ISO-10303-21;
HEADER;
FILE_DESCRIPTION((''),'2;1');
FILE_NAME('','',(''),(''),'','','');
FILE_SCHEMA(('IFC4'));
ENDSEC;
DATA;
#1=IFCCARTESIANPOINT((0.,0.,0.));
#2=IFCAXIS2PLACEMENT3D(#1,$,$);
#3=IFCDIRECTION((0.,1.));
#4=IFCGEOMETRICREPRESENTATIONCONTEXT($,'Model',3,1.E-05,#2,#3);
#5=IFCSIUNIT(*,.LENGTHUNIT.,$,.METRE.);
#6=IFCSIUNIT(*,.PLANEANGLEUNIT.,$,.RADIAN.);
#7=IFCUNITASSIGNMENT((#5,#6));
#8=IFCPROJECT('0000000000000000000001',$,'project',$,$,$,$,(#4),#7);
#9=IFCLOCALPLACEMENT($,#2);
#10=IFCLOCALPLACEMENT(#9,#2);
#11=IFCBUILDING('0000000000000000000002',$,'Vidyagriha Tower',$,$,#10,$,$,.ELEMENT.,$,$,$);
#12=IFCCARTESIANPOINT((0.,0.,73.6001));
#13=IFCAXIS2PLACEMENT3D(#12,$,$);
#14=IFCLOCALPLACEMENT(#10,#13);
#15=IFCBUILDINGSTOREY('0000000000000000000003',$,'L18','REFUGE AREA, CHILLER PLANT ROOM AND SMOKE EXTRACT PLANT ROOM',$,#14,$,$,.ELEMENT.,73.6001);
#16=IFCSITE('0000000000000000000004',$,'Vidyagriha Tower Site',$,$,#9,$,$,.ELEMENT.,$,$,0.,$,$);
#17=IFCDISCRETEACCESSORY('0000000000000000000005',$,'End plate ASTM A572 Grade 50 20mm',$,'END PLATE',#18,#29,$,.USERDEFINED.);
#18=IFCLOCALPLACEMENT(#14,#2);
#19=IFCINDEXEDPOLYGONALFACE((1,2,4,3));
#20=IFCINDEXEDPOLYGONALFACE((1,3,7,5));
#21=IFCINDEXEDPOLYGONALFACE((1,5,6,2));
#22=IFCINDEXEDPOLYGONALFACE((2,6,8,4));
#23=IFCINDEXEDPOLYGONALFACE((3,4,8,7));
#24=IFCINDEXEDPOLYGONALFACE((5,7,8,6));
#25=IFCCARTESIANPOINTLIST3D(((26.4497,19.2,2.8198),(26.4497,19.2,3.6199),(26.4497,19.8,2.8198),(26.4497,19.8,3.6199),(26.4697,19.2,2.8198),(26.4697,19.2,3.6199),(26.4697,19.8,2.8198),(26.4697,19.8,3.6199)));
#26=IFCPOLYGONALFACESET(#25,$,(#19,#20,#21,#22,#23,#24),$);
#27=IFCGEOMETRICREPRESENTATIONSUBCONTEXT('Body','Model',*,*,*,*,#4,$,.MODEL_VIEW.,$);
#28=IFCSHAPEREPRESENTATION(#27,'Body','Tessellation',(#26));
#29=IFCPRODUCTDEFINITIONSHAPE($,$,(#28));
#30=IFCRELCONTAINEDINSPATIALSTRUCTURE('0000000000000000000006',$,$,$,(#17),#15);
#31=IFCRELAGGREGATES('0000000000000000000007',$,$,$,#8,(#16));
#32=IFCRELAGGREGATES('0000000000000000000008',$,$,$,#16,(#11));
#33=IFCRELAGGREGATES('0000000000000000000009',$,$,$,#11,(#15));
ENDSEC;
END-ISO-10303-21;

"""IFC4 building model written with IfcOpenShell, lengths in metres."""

from ifc_helpers import new_model, si_unit, direction, frame, origin, origin_2d, place, context, subcontext, project, spatial, rectangle, extrude, element, save


model = new_model("IFC4")

# Units and contexts
model_context = context("Model", 3, precision=1e-05, world=origin(), true_north=direction((0.0, 1.0)))
body_context = subcontext(model_context, "Body", "Model", "MODEL_VIEW")
ifc_project = project(units=[si_unit("LENGTHUNIT", "METRE"), si_unit("PLANEANGLEUNIT", "RADIAN")], contexts=[model_context])

# Site, building, storey
site_placement = place(None, origin())
site = spatial("IfcSite", under=ifc_project, at=site_placement, Name="Vidyagriha Tower Site", CompositionType="ELEMENT", RefElevation=0.0)
building_placement = place(site_placement, origin())
building = spatial("IfcBuilding", under=site, at=building_placement, Name="Vidyagriha Tower", CompositionType="ELEMENT")
storey_placement = place(building_placement, frame((0.0, 0.0, 73.6001)))
storey = spatial("IfcBuildingStorey", under=building, at=storey_placement, Name="L18", Description="REFUGE AREA, CHILLER PLANT ROOM AND SMOKE EXTRACT PLANT ROOM", CompositionType="ELEMENT", Elevation=73.6001)

# Discrete accessory
discrete_accessory_1_placement = place(storey_placement, frame((26.4597, 19.5, 2.8198), z_axis=(0.0, 0.0, 1.0), x_axis=(-1.0, 0.0, 0.0)))
element("IfcDiscreteAccessory", 1, at=discrete_accessory_1_placement, inside=storey, Name="End plate ASTM A572 Grade 50 20mm", ObjectType="END PLATE", PredefinedType="USERDEFINED", context=body_context, shape_type="SweptSolid", body=[
    extrude(rectangle(XDim=0.02, YDim=0.6001, at=origin_2d()), origin(), (0.0, 0.0, 1.0), 0.8),
])

save(model, "model.ifc")
